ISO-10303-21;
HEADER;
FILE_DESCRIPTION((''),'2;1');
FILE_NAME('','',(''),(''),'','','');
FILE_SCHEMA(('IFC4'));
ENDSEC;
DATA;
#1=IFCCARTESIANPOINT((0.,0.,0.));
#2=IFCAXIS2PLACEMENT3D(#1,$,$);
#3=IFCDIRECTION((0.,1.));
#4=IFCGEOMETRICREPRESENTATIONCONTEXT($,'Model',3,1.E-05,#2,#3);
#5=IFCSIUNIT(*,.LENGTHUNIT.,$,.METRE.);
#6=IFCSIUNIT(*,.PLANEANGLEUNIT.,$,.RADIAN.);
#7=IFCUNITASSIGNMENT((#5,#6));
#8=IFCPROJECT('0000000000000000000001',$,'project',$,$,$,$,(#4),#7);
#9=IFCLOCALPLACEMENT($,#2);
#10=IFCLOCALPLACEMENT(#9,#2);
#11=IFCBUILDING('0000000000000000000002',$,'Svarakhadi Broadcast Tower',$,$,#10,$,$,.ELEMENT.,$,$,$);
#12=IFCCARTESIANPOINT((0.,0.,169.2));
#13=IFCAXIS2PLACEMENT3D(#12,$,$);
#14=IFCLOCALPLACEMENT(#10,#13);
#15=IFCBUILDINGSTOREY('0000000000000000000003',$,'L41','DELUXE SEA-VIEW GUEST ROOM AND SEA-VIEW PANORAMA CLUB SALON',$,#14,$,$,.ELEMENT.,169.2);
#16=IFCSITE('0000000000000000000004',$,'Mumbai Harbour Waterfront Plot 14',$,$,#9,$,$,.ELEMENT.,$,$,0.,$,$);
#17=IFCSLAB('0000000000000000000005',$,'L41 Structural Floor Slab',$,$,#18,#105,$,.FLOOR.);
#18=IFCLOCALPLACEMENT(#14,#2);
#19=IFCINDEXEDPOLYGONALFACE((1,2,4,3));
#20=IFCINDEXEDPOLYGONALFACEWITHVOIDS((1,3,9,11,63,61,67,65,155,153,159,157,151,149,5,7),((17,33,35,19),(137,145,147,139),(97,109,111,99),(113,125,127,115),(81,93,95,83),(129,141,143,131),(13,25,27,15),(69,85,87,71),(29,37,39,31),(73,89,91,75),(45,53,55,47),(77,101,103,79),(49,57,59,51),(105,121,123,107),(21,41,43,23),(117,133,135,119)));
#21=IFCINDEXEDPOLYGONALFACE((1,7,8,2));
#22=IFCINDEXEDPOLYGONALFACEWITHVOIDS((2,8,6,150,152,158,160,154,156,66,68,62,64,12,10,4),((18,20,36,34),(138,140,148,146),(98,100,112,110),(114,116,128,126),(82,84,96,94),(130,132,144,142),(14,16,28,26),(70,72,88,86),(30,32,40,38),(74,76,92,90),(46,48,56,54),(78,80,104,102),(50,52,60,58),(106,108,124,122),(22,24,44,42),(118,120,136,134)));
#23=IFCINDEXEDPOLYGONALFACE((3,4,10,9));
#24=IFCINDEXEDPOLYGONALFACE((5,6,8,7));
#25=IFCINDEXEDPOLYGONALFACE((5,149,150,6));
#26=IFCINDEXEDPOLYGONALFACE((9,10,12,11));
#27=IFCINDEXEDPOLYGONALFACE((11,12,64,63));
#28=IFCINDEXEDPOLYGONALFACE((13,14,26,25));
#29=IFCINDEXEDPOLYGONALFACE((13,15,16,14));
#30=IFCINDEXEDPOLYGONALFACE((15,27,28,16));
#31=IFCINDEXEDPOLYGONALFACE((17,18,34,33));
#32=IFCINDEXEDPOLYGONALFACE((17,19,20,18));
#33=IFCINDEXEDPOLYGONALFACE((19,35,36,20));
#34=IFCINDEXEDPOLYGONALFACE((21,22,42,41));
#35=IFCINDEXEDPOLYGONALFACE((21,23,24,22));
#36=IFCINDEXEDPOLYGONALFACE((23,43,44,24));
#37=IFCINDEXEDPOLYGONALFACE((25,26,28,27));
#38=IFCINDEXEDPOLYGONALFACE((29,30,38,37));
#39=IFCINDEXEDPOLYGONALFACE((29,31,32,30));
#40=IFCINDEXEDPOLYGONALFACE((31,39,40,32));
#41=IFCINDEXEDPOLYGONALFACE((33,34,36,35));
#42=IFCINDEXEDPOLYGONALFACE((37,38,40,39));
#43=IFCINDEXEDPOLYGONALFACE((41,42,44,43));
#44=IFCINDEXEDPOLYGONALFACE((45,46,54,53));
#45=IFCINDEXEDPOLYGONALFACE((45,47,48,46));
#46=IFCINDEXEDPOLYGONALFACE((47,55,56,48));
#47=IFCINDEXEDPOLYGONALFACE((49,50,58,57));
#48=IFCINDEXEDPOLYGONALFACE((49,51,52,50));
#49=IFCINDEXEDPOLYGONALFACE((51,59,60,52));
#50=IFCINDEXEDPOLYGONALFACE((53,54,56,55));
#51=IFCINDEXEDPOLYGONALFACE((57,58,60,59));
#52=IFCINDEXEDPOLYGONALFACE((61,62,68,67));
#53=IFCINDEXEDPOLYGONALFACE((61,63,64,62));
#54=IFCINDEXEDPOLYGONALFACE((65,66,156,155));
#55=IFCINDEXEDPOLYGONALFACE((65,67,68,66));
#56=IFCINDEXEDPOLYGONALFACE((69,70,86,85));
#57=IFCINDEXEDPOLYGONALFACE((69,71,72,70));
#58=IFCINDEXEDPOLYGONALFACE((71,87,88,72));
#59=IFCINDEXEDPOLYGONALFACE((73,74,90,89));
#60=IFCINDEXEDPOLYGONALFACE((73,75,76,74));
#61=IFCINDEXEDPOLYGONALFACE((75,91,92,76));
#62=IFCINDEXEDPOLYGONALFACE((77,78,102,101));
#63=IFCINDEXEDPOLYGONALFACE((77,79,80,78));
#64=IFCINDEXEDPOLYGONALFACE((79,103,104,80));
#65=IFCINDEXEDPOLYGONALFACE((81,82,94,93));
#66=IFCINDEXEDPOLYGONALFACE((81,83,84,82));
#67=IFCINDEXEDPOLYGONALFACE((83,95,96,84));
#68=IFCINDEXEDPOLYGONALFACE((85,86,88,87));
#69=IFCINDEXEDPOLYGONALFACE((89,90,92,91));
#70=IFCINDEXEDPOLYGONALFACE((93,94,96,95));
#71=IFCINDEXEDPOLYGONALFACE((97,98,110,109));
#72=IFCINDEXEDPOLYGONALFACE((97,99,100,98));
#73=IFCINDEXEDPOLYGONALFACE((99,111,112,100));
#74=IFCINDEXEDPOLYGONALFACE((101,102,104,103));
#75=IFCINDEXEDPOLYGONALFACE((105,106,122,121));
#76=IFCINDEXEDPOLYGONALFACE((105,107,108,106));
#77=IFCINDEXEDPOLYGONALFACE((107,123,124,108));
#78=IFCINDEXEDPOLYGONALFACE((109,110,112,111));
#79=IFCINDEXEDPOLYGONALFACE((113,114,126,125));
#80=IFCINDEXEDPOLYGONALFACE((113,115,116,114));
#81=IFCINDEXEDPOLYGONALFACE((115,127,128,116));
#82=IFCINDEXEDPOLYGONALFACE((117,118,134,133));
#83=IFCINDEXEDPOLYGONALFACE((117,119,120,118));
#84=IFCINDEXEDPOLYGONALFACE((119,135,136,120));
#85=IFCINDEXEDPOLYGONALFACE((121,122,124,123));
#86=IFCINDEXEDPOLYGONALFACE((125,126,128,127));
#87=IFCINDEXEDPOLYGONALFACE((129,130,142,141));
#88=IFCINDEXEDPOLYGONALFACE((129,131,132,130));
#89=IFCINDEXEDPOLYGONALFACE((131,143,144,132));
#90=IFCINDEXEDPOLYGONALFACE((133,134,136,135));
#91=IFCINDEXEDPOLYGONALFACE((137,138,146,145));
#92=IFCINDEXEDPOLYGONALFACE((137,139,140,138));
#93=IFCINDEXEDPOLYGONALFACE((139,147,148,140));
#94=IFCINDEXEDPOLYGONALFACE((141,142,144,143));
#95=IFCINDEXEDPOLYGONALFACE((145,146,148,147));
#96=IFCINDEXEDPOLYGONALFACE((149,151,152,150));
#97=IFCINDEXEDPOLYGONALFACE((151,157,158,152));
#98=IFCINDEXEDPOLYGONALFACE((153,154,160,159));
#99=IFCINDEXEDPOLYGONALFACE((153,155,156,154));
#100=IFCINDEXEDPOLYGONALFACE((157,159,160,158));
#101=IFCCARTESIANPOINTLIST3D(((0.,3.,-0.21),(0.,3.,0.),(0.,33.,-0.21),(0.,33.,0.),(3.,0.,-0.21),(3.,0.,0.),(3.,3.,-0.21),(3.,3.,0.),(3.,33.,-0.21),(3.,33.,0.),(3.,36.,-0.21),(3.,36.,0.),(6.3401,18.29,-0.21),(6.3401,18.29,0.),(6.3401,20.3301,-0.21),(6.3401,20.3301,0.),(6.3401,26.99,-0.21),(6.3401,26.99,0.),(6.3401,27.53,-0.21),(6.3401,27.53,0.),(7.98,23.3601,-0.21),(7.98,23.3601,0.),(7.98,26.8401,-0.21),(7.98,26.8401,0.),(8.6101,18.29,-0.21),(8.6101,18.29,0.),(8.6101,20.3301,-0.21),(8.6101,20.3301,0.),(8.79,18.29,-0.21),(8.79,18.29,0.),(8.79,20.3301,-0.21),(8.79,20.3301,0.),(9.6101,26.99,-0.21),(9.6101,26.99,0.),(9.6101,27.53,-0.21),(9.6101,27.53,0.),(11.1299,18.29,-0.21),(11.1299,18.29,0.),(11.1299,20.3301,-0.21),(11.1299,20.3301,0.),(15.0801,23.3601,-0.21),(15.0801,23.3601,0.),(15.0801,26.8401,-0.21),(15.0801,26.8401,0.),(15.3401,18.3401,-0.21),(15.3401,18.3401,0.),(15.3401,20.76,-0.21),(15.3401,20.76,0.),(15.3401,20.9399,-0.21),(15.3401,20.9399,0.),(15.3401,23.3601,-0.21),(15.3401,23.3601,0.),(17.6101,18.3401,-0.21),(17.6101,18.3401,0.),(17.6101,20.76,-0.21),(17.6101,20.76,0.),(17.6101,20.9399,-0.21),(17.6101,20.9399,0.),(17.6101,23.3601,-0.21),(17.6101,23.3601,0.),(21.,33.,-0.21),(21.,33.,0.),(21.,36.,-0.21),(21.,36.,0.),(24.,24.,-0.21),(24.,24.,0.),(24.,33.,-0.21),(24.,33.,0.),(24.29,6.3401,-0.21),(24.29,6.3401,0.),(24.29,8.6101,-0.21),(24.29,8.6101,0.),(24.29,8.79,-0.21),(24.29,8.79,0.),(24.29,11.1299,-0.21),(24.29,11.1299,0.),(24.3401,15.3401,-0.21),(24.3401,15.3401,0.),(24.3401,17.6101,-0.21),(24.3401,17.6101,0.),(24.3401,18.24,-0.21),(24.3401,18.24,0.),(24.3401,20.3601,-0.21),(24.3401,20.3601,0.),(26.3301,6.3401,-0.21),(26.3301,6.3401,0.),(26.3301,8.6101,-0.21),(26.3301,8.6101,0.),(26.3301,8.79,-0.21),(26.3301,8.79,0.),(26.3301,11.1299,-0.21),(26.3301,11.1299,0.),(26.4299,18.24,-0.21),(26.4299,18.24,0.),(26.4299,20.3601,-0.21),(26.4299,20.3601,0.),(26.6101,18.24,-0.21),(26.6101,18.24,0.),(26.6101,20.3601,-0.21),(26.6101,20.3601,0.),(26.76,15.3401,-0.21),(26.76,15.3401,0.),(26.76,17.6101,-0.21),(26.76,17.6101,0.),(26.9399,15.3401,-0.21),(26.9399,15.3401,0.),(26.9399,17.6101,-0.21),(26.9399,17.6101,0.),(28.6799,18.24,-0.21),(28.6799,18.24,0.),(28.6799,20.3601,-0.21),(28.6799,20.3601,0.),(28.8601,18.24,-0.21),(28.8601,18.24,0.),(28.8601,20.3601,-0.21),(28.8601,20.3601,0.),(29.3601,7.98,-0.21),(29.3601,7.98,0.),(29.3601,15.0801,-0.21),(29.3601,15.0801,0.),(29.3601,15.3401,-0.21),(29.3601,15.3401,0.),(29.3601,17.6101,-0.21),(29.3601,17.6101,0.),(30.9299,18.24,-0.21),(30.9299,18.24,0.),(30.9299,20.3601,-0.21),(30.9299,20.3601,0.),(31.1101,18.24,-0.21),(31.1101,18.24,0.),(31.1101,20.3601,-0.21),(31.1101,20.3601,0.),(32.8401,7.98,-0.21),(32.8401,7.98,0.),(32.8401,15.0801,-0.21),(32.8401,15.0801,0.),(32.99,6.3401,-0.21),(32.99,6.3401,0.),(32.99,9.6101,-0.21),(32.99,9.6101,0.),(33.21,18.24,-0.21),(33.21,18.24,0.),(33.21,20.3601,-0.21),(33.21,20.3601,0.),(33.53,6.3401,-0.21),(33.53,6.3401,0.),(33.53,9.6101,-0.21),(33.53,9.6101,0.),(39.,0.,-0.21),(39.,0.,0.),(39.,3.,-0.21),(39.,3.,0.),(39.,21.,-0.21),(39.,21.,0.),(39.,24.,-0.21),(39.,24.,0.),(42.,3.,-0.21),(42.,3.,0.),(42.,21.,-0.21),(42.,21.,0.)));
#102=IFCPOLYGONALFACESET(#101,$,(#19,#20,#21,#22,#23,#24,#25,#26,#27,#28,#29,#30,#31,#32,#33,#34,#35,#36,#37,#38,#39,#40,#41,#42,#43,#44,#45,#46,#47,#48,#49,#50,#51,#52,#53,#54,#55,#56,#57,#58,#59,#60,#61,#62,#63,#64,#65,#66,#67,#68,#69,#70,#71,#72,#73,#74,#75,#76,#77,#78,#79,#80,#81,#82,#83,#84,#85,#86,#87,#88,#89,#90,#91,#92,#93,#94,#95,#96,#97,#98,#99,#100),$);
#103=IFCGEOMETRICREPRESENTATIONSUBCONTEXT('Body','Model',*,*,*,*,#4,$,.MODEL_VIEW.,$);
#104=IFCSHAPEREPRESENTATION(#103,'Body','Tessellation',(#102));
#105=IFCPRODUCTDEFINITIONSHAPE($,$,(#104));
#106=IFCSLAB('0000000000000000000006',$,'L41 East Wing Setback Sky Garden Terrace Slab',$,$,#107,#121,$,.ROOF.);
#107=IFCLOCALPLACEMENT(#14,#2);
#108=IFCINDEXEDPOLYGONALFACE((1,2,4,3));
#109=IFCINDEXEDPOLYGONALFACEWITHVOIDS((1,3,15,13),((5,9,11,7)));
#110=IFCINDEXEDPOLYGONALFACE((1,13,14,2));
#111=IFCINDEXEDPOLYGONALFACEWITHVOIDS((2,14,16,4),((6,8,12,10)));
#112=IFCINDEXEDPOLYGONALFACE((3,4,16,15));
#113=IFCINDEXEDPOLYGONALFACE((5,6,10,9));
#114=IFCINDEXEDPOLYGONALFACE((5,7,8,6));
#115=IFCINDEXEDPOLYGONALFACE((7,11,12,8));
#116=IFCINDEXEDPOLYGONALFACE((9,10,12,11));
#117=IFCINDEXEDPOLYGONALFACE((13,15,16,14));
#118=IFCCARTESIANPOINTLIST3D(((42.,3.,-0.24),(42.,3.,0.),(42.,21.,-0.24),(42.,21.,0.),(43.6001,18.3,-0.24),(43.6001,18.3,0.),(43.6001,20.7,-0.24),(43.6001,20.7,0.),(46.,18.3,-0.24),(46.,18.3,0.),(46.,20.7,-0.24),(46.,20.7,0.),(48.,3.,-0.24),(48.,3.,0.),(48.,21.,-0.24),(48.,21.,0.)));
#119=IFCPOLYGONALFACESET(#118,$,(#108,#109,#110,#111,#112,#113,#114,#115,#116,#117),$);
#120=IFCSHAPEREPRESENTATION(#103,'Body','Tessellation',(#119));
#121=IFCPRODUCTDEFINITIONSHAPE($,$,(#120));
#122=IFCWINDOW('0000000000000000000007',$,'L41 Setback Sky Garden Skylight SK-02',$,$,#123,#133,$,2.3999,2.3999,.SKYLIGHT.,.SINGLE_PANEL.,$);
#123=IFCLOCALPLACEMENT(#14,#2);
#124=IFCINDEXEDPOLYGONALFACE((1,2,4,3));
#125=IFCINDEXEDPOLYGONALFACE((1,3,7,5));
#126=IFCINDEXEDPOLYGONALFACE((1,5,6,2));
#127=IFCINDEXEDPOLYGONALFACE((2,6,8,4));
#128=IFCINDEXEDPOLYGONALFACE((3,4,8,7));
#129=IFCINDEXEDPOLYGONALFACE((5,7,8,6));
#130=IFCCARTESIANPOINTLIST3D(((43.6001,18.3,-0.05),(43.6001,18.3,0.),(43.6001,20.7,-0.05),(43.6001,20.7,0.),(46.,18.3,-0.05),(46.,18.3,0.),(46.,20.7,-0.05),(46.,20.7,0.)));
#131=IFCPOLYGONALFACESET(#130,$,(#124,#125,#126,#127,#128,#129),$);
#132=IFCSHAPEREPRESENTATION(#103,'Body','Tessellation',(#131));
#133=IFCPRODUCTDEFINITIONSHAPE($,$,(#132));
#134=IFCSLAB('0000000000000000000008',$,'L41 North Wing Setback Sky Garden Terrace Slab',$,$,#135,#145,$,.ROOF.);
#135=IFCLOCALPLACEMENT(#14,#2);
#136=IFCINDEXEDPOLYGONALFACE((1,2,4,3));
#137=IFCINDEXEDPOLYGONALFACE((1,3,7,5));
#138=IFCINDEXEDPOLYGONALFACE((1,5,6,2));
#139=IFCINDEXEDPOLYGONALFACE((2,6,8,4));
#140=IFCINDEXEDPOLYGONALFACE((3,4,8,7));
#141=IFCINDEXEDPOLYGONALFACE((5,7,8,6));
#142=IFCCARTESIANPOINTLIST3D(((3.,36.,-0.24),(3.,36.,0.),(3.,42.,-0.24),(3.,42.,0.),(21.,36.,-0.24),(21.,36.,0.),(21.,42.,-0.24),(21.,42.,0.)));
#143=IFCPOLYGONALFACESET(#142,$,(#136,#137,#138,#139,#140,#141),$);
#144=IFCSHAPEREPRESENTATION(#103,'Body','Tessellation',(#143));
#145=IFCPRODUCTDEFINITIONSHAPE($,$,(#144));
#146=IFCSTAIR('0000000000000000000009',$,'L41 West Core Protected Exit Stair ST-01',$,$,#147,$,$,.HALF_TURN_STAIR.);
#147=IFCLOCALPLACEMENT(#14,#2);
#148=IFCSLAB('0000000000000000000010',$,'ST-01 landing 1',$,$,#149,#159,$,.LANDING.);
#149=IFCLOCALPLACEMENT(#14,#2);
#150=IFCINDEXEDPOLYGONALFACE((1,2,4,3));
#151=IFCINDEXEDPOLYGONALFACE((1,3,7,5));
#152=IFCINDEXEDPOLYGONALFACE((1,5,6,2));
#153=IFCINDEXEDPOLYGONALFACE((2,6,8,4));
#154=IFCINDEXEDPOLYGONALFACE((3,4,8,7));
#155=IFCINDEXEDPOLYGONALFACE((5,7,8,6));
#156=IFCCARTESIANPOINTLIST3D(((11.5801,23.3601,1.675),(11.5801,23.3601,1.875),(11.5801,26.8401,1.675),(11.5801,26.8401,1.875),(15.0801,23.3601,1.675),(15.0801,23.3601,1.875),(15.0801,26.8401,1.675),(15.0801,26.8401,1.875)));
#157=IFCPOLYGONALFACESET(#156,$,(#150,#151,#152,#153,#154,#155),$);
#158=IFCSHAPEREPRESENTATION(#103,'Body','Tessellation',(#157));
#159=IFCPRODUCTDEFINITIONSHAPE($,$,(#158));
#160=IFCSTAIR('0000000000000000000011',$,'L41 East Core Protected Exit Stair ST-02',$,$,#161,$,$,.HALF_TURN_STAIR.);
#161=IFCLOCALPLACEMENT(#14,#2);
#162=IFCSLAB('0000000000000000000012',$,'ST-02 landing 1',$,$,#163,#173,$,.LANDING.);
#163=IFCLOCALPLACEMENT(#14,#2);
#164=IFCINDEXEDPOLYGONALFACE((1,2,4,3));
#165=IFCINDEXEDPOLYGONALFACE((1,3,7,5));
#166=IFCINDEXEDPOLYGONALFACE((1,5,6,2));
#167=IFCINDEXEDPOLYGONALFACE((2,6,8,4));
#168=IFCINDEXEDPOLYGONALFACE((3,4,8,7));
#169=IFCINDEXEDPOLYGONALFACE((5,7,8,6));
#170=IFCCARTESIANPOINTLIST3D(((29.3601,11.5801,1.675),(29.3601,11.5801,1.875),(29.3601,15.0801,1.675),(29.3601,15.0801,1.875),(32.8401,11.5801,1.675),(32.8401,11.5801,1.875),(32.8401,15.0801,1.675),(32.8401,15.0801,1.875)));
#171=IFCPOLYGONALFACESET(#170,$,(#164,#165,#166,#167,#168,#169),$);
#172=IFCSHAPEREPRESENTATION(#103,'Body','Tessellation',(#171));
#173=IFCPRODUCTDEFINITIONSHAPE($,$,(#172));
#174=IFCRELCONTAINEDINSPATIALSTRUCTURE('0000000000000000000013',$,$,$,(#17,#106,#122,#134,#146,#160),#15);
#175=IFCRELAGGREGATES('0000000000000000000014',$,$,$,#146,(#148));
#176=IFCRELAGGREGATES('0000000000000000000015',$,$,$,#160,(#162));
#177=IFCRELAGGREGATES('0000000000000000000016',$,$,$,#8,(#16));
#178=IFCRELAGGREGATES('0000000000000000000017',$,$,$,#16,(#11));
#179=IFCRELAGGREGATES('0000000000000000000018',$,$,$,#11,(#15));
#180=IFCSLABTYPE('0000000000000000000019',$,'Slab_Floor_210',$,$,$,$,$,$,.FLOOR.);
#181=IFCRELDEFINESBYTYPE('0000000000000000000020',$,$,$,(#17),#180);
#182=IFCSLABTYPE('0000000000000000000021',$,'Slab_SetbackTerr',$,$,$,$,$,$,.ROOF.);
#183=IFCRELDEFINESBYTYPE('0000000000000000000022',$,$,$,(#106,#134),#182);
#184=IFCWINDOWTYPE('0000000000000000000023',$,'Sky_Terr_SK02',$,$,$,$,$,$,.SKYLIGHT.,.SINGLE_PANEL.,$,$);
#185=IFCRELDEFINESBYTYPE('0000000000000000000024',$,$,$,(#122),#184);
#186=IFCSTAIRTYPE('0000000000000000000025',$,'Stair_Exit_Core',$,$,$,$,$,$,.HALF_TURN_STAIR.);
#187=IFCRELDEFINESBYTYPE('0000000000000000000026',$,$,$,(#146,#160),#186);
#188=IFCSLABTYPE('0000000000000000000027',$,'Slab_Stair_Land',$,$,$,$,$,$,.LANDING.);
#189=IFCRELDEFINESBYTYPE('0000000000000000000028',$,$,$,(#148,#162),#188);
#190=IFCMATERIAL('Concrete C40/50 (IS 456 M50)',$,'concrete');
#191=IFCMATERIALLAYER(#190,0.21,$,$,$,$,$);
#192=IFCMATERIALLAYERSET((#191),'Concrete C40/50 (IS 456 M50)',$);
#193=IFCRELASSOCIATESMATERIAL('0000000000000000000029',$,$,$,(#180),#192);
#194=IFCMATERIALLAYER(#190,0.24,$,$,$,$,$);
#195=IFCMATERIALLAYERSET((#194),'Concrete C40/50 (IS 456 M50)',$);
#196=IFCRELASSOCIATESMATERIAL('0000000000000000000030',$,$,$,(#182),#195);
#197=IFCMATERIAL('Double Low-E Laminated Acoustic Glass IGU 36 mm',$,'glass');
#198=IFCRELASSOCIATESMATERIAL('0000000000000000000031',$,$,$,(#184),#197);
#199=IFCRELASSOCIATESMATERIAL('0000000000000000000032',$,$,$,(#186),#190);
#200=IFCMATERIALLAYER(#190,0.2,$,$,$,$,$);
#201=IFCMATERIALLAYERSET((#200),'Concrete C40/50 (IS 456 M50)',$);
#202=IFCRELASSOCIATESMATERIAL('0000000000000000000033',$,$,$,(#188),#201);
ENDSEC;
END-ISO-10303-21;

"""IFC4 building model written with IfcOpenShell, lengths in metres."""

from ifc_helpers import new_model, si_unit, direction, frame, origin, origin_2d, place, context, subcontext, project, spatial, polyline, rectangle, outline, extrude, material, layer, layer_set, type_object, element, fill, aggregate, save


model = new_model("IFC4")

# Units and contexts
model_context = context("Model", 3, precision=1e-05, world=origin(), true_north=direction((0.0, 1.0)))
body_context = subcontext(model_context, "Body", "Model", "MODEL_VIEW")
ifc_project = project(units=[si_unit("LENGTHUNIT", "METRE"), si_unit("PLANEANGLEUNIT", "RADIAN")], contexts=[model_context])

# Site, building, storey
site_placement = place(None, origin())
site = spatial("IfcSite", under=ifc_project, at=site_placement, Name="Mumbai Harbour Waterfront Plot 14", CompositionType="ELEMENT", RefElevation=0.0)
building_placement = place(site_placement, origin())
building = spatial("IfcBuilding", under=site, at=building_placement, Name="Svarakhadi Broadcast Tower", CompositionType="ELEMENT")
storey_placement = place(building_placement, frame((0.0, 0.0, 169.2)))
storey = spatial("IfcBuildingStorey", under=building, at=storey_placement, Name="L41", Description="DELUXE SEA-VIEW GUEST ROOM AND SEA-VIEW PANORAMA CLUB SALON", CompositionType="ELEMENT", Elevation=169.2)

# Shared definitions
ifc_material_1 = material(Name="Double Low-E Laminated Acoustic Glass IGU 36 mm", Category="glass")

# Slab
ifc_material_2 = material(Name="Concrete C40/50 (IS 456 M50)", Category="concrete")
ifc_layer_1 = layer(ifc_material_2, 0.21)
ifc_layer_set_1 = layer_set([ifc_layer_1], Name="Concrete C40/50 (IS 456 M50)")
slab_type_1 = type_object("IfcSlabType", Name="Slab_Floor_210", PredefinedType="FLOOR", material=ifc_layer_set_1)
slab_1_placement = place(storey_placement, frame((0.0, 0.0, -0.21)))
element("IfcSlab", 1, at=slab_1_placement, inside=storey, type_object=slab_type_1, Name="L41 Structural Floor Slab", PredefinedType="FLOOR", context=body_context, shape_type="SweptSolid", body=[
    extrude(outline(polyline([(3.0, 0.0), (39.0, 0.0), (39.0, 3.0), (42.0, 3.0), (42.0, 21.0), (39.0, 21.0), (39.0, 24.0), (24.0, 24.0), (24.0, 33.0), (21.0, 33.0), (21.0, 36.0), (3.0, 36.0), (3.0, 33.0), (0.0, 33.0), (0.0, 3.0), (3.0, 3.0), (3.0, 0.0)]), holes=[polyline([(7.98, 23.3601), (15.0801, 23.3601), (15.0801, 26.8401), (7.98, 26.8401), (7.98, 23.3601)]), polyline([(32.8401, 7.98), (32.8401, 15.0801), (29.3601, 15.0801), (29.3601, 7.98), (32.8401, 7.98)]), polyline([(6.3401, 18.29), (8.6101, 18.29), (8.6101, 20.3301), (6.3401, 20.3301), (6.3401, 18.29)]), polyline([(8.79, 18.29), (11.1299, 18.29), (11.1299, 20.3301), (8.79, 20.3301), (8.79, 18.29)]), polyline([(24.29, 6.3401), (26.3301, 6.3401), (26.3301, 8.6101), (24.29, 8.6101), (24.29, 6.3401)]), polyline([(24.29, 8.79), (26.3301, 8.79), (26.3301, 11.1299), (24.29, 11.1299), (24.29, 8.79)]), polyline([(6.3401, 26.99), (9.6101, 26.99), (9.6101, 27.53), (6.3401, 27.53), (6.3401, 26.99)]), polyline([(32.99, 6.3401), (33.53, 6.3401), (33.53, 9.6101), (32.99, 9.6101), (32.99, 6.3401)]), polyline([(15.3401, 18.3401), (17.6101, 18.3401), (17.6101, 20.76), (15.3401, 20.76), (15.3401, 18.3401)]), polyline([(15.3401, 20.9399), (17.6101, 20.9399), (17.6101, 23.3601), (15.3401, 23.3601), (15.3401, 20.9399)]), polyline([(24.3401, 15.3401), (26.76, 15.3401), (26.76, 17.6101), (24.3401, 17.6101), (24.3401, 15.3401)]), polyline([(26.9399, 15.3401), (29.3601, 15.3401), (29.3601, 17.6101), (26.9399, 17.6101), (26.9399, 15.3401)]), polyline([(24.3401, 18.24), (26.4299, 18.24), (26.4299, 20.3601), (24.3401, 20.3601), (24.3401, 18.24)]), polyline([(26.6101, 18.24), (28.6799, 18.24), (28.6799, 20.3601), (26.6101, 20.3601), (26.6101, 18.24)]), polyline([(28.8601, 18.24), (30.9299, 18.24), (30.9299, 20.3601), (28.8601, 20.3601), (28.8601, 18.24)]), polyline([(31.1101, 18.24), (33.21, 18.24), (33.21, 20.3601), (31.1101, 20.3601), (31.1101, 18.24)])]), origin(), (0.0, 0.0, 1.0), 0.21),
])

# Slab, opening, window
ifc_layer_2 = layer(ifc_material_2, 0.24)
ifc_layer_set_2 = layer_set([ifc_layer_2], Name="Concrete C40/50 (IS 456 M50)")
slab_type_2 = type_object("IfcSlabType", Name="Slab_SetbackTerr", PredefinedType="ROOF", material=ifc_layer_set_2)
slab_2_placement = place(storey_placement, frame((0.0, 0.0, -0.24)))
slab_2 = element("IfcSlab", 2, at=slab_2_placement, inside=storey, type_object=slab_type_2, Name="L41 East Wing Setback Sky Garden Terrace Slab", PredefinedType="ROOF", context=body_context, shape_type="SweptSolid", body=[
    extrude(outline(polyline([(42.0, 3.0), (48.0, 3.0), (48.0, 21.0), (42.0, 21.0), (42.0, 3.0)])), origin(), (0.0, 0.0, 1.0), 0.24),
])
opening_placement = place(slab_2_placement, frame((44.8, 19.5, -0.01)))
opening = element("IfcOpeningElement", 3, at=opening_placement, cuts=slab_2, PredefinedType="OPENING", context=body_context, shape_type="SweptSolid", body=[
    extrude(rectangle(XDim=2.3999, YDim=2.3999, at=origin_2d()), origin(), (0.0, 0.0, 1.0), 0.26),
])
window_type = type_object("IfcWindowType", Name="Sky_Terr_SK02", PartitioningType="SINGLE_PANEL", PredefinedType="SKYLIGHT", material=ifc_material_1)
window_placement = place(slab_2_placement, frame((44.8, 19.5, 0.1899)))
window = element("IfcWindow", 4, at=window_placement, inside=storey, type_object=window_type, Name="L41 Setback Sky Garden Skylight SK-02", OverallHeight=2.3999, OverallWidth=2.3999, PartitioningType="SINGLE_PANEL", PredefinedType="SKYLIGHT", context=body_context, shape_type="SweptSolid", body=[
    extrude(rectangle(XDim=2.3999, YDim=2.3999, at=origin_2d()), origin(), (0.0, 0.0, 1.0), 0.05),
])
fill(opening, window)

# Slab
slab_3_placement = place(storey_placement, frame((0.0, 0.0, -0.24)))
element("IfcSlab", 5, at=slab_3_placement, inside=storey, type_object=slab_type_2, Name="L41 North Wing Setback Sky Garden Terrace Slab", PredefinedType="ROOF", context=body_context, shape_type="SweptSolid", body=[
    extrude(outline(polyline([(3.0, 36.0), (21.0, 36.0), (21.0, 42.0), (3.0, 42.0), (3.0, 36.0)])), origin(), (0.0, 0.0, 1.0), 0.24),
])

# Stairs, slabs
stair_type = type_object("IfcStairType", Name="Stair_Exit_Core", PredefinedType="HALF_TURN_STAIR", material=ifc_material_2)
stair_1_placement = place(storey_placement, origin())
stair_1 = element("IfcStair", 6, at=stair_1_placement, inside=storey, type_object=stair_type, Name="L41 West Core Protected Exit Stair ST-01", PredefinedType="HALF_TURN_STAIR")
ifc_layer_3 = layer(ifc_material_2, 0.2)
ifc_layer_set_3 = layer_set([ifc_layer_3], Name="Concrete C40/50 (IS 456 M50)")
slab_type_3 = type_object("IfcSlabType", Name="Slab_Stair_Land", PredefinedType="LANDING", material=ifc_layer_set_3)
slab_4_placement = place(storey_placement, frame((0.0, 0.0, 1.675)))
slab_4 = element("IfcSlab", 7, at=slab_4_placement, type_object=slab_type_3, Name="ST-01 landing 1", PredefinedType="LANDING", context=body_context, shape_type="SweptSolid", body=[
    extrude(outline(polyline([(11.5801, 23.3601), (15.0801, 23.3601), (15.0801, 26.8401), (11.5801, 26.8401), (11.5801, 23.3601)])), origin(), (0.0, 0.0, 1.0), 0.2),
])
aggregate(stair_1, [slab_4])
stair_2_placement = place(storey_placement, origin())
stair_2 = element("IfcStair", 8, at=stair_2_placement, inside=storey, type_object=stair_type, Name="L41 East Core Protected Exit Stair ST-02", PredefinedType="HALF_TURN_STAIR")
slab_5_placement = place(storey_placement, frame((0.0, 0.0, 1.675)))
slab_5 = element("IfcSlab", 9, at=slab_5_placement, type_object=slab_type_3, Name="ST-02 landing 1", PredefinedType="LANDING", context=body_context, shape_type="SweptSolid", body=[
    extrude(outline(polyline([(32.8401, 11.5801), (32.8401, 15.0801), (29.3601, 15.0801), (29.3601, 11.5801), (32.8401, 11.5801)])), origin(), (0.0, 0.0, 1.0), 0.2),
])
aggregate(stair_2, [slab_5])

save(model, "model.ifc")
